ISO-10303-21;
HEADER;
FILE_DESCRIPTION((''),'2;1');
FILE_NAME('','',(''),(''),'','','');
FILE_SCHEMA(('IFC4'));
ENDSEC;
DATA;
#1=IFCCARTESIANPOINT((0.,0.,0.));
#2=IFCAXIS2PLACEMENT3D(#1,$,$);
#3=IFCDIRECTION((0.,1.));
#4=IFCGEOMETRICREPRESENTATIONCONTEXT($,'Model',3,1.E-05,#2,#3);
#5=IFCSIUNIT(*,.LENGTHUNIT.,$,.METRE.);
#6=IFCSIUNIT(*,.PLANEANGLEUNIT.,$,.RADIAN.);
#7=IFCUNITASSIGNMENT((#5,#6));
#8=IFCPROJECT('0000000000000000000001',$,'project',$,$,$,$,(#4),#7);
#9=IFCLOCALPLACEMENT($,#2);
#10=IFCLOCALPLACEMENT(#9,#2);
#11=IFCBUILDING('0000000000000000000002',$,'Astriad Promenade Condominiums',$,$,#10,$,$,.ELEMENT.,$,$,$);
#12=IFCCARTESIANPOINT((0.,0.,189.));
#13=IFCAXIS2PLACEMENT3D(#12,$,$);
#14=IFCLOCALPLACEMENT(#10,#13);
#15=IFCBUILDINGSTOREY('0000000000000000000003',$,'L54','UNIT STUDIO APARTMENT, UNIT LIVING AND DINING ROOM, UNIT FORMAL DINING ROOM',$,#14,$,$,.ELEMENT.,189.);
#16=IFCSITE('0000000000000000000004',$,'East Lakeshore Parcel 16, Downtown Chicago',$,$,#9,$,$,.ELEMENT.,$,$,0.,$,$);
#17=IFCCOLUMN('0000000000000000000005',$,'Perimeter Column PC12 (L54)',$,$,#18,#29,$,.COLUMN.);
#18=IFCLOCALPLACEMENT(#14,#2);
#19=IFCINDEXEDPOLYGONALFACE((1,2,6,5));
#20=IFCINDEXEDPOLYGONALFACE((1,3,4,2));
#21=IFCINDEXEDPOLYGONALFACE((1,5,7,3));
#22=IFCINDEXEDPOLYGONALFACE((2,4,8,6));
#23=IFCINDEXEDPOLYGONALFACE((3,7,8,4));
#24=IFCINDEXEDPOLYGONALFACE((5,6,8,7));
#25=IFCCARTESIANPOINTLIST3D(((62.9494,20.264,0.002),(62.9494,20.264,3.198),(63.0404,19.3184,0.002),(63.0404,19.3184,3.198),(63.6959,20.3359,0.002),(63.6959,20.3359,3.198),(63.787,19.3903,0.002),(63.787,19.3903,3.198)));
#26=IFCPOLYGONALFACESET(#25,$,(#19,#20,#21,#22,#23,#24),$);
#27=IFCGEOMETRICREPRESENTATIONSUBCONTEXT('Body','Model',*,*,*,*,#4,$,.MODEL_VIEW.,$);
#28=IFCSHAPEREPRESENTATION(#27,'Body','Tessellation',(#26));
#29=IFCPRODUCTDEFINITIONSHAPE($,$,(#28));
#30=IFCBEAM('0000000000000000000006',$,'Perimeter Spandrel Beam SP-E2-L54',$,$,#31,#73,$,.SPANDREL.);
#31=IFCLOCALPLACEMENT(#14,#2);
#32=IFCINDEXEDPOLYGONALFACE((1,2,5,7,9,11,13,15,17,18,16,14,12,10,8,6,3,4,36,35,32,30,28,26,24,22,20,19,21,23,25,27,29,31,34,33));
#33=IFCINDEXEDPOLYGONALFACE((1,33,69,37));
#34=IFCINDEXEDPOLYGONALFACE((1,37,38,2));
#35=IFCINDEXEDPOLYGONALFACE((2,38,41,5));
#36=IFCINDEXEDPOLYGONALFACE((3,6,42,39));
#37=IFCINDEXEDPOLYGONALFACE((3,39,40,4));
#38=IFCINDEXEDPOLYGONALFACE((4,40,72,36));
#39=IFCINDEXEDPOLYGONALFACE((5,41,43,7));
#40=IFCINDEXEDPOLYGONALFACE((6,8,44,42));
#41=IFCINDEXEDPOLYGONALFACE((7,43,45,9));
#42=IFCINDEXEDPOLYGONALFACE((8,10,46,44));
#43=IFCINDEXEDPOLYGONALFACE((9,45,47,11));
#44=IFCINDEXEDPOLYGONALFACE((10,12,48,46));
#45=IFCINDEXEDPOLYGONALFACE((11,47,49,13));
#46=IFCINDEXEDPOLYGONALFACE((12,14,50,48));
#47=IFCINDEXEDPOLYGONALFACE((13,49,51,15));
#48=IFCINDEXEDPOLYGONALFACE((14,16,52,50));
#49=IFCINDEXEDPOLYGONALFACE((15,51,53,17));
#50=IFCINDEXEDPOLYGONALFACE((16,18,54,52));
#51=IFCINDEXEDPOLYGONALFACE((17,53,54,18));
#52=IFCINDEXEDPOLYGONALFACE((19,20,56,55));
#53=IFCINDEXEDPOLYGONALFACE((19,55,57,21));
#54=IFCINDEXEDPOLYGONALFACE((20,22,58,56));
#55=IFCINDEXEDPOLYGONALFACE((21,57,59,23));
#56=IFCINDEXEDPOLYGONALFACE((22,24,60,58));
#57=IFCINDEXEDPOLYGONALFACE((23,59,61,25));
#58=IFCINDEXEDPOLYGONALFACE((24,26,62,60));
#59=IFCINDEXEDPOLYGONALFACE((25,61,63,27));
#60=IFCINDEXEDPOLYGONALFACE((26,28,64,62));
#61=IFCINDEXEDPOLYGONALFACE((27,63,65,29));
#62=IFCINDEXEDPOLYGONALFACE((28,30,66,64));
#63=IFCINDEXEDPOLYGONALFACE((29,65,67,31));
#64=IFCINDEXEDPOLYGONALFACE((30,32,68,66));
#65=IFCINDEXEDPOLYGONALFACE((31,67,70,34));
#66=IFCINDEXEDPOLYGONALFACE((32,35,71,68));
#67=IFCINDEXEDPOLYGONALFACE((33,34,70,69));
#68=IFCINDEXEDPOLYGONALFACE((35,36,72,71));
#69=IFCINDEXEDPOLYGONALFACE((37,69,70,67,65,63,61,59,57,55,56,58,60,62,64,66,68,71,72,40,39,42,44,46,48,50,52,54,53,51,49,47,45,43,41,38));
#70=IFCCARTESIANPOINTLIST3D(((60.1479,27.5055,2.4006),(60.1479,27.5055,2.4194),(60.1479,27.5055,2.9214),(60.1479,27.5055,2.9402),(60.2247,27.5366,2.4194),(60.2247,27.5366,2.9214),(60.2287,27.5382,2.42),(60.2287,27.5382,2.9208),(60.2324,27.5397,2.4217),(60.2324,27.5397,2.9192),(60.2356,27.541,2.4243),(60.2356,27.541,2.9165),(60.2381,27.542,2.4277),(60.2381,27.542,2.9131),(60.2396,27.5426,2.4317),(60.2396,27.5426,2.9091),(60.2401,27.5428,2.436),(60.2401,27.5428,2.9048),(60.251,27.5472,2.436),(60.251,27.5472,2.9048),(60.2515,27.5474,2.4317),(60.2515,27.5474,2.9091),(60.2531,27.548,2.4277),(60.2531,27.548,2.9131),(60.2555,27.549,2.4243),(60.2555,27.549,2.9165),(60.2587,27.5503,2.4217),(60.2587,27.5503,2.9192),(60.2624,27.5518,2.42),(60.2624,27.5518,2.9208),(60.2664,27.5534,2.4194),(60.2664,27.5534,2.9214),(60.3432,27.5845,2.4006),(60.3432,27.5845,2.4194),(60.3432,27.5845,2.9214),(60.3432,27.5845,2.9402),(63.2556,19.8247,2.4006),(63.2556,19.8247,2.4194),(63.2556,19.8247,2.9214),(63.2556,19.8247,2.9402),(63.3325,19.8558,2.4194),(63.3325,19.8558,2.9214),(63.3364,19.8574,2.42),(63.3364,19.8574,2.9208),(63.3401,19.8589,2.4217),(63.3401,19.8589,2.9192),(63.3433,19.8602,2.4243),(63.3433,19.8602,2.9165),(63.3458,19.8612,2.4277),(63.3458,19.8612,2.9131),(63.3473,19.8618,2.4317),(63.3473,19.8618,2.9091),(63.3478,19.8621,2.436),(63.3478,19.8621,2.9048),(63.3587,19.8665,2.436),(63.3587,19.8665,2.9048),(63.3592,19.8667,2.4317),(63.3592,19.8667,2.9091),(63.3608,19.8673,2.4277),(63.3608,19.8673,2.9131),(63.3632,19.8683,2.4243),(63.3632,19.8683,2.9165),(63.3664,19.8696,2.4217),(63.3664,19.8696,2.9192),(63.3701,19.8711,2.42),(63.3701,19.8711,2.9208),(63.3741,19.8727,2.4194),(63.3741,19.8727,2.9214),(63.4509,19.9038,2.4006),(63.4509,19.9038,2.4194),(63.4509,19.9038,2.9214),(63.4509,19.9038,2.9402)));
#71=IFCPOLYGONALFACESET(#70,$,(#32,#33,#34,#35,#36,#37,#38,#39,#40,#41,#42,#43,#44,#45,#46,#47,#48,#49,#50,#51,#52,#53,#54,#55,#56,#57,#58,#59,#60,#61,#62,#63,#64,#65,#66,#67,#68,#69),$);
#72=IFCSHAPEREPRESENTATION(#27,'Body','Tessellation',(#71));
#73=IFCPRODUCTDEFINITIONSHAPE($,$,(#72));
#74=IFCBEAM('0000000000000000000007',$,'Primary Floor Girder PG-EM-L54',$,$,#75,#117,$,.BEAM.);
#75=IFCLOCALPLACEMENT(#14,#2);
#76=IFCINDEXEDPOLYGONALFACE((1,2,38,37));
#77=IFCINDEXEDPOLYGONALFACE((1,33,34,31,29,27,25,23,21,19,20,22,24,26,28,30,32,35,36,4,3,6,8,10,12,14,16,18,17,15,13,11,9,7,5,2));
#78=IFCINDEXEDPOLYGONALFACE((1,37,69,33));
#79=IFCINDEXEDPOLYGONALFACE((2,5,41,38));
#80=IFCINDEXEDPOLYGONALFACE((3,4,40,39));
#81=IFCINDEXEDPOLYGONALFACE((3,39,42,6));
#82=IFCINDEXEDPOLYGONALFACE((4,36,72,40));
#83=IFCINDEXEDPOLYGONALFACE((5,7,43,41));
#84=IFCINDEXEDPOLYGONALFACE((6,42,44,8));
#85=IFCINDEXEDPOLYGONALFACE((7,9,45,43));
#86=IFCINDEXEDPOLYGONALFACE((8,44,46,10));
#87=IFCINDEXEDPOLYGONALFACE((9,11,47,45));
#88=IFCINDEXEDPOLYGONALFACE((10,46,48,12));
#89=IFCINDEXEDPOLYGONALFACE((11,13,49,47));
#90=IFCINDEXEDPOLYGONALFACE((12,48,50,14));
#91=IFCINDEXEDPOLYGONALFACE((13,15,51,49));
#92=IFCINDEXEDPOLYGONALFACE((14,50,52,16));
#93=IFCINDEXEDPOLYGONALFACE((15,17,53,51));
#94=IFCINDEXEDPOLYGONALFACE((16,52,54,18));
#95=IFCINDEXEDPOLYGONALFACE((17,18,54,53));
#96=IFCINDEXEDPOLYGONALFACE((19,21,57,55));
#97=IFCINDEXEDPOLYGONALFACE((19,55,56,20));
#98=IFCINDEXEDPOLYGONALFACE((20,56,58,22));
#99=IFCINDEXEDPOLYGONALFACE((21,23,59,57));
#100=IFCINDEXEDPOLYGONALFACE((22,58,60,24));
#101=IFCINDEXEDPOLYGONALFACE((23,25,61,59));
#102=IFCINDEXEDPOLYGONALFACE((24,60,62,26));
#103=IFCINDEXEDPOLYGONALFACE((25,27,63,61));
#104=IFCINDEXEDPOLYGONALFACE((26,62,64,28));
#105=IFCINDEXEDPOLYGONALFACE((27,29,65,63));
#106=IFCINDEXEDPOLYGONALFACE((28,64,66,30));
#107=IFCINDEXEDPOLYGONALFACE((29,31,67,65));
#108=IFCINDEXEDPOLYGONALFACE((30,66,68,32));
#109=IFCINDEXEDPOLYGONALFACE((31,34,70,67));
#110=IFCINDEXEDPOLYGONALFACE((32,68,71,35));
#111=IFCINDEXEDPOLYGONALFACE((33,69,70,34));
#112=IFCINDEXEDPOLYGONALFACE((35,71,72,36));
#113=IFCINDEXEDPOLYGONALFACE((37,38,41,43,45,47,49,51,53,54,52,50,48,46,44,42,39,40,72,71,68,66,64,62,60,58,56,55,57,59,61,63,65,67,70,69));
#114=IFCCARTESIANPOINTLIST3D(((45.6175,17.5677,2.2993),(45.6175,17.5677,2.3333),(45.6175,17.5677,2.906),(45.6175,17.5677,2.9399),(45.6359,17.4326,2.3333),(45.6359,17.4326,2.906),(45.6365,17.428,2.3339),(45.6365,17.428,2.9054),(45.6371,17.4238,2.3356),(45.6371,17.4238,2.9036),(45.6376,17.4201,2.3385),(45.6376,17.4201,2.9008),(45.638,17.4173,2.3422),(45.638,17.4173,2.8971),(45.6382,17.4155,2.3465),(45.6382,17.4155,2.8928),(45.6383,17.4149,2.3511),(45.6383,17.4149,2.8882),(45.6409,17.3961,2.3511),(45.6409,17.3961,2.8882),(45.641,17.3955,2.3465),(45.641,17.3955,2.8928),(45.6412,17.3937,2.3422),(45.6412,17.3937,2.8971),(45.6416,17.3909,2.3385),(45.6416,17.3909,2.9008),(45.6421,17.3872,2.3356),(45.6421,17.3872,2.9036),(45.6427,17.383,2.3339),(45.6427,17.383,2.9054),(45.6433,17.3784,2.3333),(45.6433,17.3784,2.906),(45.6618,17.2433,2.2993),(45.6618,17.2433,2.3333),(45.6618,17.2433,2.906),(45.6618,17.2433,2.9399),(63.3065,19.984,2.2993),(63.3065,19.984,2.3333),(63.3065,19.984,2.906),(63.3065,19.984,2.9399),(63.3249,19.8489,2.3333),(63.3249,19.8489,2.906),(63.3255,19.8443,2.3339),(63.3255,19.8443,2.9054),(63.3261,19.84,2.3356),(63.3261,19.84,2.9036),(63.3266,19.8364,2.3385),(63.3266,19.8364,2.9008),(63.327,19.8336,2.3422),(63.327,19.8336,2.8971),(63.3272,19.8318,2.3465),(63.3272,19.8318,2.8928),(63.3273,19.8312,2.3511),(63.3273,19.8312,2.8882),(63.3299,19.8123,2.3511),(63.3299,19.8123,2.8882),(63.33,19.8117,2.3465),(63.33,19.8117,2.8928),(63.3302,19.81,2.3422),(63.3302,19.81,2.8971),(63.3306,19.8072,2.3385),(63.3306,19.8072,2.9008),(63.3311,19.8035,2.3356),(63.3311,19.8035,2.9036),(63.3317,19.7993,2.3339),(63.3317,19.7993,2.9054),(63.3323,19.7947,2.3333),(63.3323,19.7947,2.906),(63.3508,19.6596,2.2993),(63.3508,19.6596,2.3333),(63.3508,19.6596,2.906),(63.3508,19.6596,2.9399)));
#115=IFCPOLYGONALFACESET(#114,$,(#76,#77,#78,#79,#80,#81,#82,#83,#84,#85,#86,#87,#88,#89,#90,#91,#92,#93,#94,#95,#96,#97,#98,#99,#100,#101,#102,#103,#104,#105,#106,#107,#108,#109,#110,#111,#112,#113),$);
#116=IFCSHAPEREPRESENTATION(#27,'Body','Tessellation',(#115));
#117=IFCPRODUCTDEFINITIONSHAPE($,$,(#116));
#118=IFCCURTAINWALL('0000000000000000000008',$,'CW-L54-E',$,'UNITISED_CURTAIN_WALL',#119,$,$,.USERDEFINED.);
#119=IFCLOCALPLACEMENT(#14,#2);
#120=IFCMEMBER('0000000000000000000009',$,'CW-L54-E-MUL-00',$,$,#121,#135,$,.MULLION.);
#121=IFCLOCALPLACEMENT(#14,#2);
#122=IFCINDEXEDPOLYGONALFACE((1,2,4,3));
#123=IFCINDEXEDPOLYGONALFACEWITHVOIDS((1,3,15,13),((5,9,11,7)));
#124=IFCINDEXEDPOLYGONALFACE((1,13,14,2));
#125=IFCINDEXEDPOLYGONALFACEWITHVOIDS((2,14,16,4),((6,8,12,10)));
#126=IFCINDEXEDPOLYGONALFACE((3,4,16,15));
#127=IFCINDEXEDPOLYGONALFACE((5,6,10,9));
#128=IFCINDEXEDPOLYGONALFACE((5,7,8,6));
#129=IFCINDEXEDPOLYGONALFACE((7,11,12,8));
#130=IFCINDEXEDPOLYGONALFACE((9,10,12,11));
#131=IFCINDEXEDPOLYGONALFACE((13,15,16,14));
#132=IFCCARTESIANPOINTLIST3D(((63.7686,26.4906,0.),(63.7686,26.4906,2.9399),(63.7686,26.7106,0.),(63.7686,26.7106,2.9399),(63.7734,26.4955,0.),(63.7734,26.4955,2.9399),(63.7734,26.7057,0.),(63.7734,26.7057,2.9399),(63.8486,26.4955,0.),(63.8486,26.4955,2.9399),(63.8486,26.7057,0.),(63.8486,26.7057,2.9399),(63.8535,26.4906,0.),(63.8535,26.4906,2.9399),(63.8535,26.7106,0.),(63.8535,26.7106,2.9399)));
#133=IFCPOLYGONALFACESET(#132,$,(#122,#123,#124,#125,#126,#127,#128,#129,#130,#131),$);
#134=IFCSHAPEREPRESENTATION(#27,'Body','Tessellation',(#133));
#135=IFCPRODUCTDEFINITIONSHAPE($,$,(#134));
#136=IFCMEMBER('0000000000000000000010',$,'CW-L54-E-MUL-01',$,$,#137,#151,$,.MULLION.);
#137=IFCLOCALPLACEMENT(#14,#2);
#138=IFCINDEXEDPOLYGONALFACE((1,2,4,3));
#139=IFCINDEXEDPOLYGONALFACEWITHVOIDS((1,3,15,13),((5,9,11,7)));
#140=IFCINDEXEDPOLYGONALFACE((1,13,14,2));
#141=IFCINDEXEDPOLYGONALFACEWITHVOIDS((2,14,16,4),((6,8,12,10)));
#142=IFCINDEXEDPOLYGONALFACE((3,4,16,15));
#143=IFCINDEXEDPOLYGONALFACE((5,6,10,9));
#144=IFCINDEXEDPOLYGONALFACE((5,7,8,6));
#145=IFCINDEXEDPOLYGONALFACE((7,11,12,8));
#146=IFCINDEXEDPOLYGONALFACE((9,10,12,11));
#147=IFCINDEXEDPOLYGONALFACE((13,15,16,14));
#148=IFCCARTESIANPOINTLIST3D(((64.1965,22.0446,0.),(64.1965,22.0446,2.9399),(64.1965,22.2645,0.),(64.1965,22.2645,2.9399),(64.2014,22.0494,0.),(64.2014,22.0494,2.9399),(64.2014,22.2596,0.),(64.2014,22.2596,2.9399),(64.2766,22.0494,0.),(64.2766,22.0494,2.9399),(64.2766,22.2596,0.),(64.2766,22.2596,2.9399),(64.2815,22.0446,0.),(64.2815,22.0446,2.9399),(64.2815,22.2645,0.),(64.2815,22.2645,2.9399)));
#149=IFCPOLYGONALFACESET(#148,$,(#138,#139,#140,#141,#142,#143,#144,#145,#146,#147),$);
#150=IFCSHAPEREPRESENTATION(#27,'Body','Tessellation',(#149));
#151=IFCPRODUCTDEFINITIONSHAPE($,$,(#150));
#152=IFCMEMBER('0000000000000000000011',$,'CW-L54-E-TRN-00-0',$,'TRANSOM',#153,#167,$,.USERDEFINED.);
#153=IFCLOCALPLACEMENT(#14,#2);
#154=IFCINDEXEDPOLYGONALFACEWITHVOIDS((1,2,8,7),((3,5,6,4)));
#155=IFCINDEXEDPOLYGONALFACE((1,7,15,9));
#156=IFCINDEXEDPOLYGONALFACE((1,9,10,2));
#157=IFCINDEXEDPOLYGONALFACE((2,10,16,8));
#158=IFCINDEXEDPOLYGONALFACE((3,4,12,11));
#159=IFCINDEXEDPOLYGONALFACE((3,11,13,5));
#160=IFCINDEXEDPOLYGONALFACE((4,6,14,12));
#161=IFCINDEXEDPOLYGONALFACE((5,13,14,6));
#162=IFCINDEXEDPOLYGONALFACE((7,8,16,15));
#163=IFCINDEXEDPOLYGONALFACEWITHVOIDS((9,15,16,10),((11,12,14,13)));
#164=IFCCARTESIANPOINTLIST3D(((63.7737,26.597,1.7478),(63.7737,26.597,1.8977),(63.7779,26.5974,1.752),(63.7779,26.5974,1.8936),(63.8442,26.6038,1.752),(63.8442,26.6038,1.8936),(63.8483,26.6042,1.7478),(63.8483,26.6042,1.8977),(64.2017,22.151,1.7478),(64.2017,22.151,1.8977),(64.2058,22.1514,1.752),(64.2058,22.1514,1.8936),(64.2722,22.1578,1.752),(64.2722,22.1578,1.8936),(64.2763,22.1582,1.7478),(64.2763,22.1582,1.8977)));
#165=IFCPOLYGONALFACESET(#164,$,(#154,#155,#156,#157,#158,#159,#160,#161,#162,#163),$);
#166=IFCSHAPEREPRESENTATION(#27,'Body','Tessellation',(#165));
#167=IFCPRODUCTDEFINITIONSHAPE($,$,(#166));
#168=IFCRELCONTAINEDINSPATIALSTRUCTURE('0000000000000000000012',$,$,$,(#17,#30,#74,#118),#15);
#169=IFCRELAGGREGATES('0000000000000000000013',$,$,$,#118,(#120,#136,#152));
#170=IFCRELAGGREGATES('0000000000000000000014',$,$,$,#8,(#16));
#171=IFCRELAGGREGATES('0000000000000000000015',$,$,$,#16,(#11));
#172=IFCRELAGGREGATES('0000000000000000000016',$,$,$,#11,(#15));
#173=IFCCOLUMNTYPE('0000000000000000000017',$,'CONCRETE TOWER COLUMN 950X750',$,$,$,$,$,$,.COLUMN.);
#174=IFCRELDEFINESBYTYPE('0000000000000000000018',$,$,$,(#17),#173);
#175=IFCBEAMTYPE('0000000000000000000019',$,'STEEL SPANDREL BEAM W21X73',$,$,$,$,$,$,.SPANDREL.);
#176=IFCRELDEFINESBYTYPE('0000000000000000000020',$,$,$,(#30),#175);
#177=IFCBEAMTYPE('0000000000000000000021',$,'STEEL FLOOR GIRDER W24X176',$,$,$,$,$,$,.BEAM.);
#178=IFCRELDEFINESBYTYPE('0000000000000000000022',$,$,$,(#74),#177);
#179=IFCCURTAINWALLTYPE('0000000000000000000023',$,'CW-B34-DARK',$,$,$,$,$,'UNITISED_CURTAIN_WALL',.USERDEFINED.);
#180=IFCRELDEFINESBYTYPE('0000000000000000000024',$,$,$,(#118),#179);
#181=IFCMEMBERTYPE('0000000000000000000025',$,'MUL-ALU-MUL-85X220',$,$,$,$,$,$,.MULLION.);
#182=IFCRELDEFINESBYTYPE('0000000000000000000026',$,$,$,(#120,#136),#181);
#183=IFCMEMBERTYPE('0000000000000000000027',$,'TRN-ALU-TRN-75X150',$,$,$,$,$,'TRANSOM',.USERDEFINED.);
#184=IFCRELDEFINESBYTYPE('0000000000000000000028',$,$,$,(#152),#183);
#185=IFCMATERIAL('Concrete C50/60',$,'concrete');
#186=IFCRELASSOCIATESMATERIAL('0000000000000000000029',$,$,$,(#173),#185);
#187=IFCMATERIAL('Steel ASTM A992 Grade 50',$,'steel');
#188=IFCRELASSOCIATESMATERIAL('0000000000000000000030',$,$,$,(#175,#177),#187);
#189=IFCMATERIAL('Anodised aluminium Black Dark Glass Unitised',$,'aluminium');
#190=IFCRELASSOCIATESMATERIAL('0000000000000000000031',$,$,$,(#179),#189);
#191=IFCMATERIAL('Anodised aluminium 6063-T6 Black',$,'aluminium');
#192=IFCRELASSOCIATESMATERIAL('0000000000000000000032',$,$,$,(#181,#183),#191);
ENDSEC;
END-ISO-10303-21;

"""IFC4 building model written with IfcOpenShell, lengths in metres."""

from ifc_helpers import new_model, si_unit, direction, frame, origin, origin_2d, place, context, subcontext, project, spatial, rectangle, hollow_rectangle, i_section, extrude, source, transform, mapped, material, material_profile, profile_set, type_object, type_shapes, element, aggregate, save


model = new_model("IFC4")

# Units and contexts
model_context = context("Model", 3, precision=1e-05, world=origin(), true_north=direction((0.0, 1.0)))
body_context = subcontext(model_context, "Body", "Model", "MODEL_VIEW")
ifc_project = project(units=[si_unit("LENGTHUNIT", "METRE"), si_unit("PLANEANGLEUNIT", "RADIAN")], contexts=[model_context])

# Site, building, storey
site_placement = place(None, origin())
site = spatial("IfcSite", under=ifc_project, at=site_placement, Name="East Lakeshore Parcel 16, Downtown Chicago", CompositionType="ELEMENT", RefElevation=0.0)
building_placement = place(site_placement, origin())
building = spatial("IfcBuilding", under=site, at=building_placement, Name="Astriad Promenade Condominiums", CompositionType="ELEMENT")
storey_placement = place(building_placement, frame((0.0, 0.0, 189.0)))
storey = spatial("IfcBuildingStorey", under=building, at=storey_placement, Name="L54", Description="UNIT STUDIO APARTMENT, UNIT LIVING AND DINING ROOM, UNIT FORMAL DINING ROOM", CompositionType="ELEMENT", Elevation=189.0)

# Column
ifc_material_1 = material(Name="Concrete C50/60", Category="concrete")
ifc_material_profile_1 = material_profile(ifc_material_1, rectangle(XDim=0.75, YDim=0.95, at=origin_2d()), Name="RC-COL-950X750")
ifc_profile_set_1 = profile_set([ifc_material_profile_1], Name="Concrete C50/60")
column_type = type_object("IfcColumnType", Name="CONCRETE TOWER COLUMN 950X750", PredefinedType="COLUMN", material=ifc_profile_set_1)
shared_shape_1 = source(origin(), body_context, "Body", "SweptSolid", [
    extrude(rectangle(XDim=0.75, YDim=0.95, at=origin_2d()), origin(), (0.0, 0.0, 1.0), 3.196),
])
type_shapes(column_type, [shared_shape_1])
column_placement = place(storey_placement, frame((63.3682, 19.8271, 0.002), z_axis=(0.0, 0.0, 1.0), x_axis=(0.995396, 0.095846, 0.0)))
element("IfcColumn", 1, at=column_placement, inside=storey, type_object=column_type, Name="Perimeter Column PC12 (L54)", PredefinedType="COLUMN", context=body_context, shape_type="MappedRepresentation", body=[
    mapped(shared_shape_1, transform((0.0, 0.0, 0.0), scale=1.0)),
])

# Beams
ifc_material_2 = material(Name="Steel ASTM A992 Grade 50", Category="steel")
ifc_material_profile_2 = material_profile(ifc_material_2, i_section(OverallWidth=0.2107, OverallDepth=0.5396, WebThickness=0.0117, FlangeThickness=0.0188, FilletRadius=0.0166, at=origin_2d()), Name="W21X73")
ifc_profile_set_2 = profile_set([ifc_material_profile_2], Name="Steel ASTM A992 Grade 50")
beam_type_1 = type_object("IfcBeamType", Name="STEEL SPANDREL BEAM W21X73", PredefinedType="SPANDREL", material=ifc_profile_set_2)
shared_shape_2 = source(origin(), body_context, "Body", "SweptSolid", [
    extrude(i_section(OverallWidth=0.2107, OverallDepth=0.5396, WebThickness=0.0117, FlangeThickness=0.0188, FilletRadius=0.0166, at=origin_2d()), origin(), (0.0, 0.0, 1.0), 8.2856),
])
type_shapes(beam_type_1, [shared_shape_2])
beam_1_placement = place(storey_placement, frame((63.3533, 19.8643, 2.6704), z_axis=(-0.375071, 0.926996, 0.0), x_axis=(-0.926996, -0.375071, 0.0)))
element("IfcBeam", 2, at=beam_1_placement, inside=storey, type_object=beam_type_1, Name="Perimeter Spandrel Beam SP-E2-L54", PredefinedType="SPANDREL", context=body_context, shape_type="MappedRepresentation", body=[
    mapped(shared_shape_2, transform((0.0, 0.0, 0.0), scale=1.0)),
])
ifc_material_profile_3 = material_profile(ifc_material_2, i_section(OverallWidth=0.3274, OverallDepth=0.6406, WebThickness=0.019, FlangeThickness=0.0339, FilletRadius=0.0178, at=origin_2d()), Name="W24X176")
ifc_profile_set_3 = profile_set([ifc_material_profile_3], Name="Steel ASTM A992 Grade 50")
beam_type_2 = type_object("IfcBeamType", Name="STEEL FLOOR GIRDER W24X176", PredefinedType="BEAM", material=ifc_profile_set_3)
shared_shape_3 = source(origin(), body_context, "Body", "SweptSolid", [
    extrude(i_section(OverallWidth=0.3274, OverallDepth=0.6406, WebThickness=0.019, FlangeThickness=0.0339, FilletRadius=0.0178, at=origin_2d()), origin(), (0.0, 0.0, 1.0), 17.8533),
])
type_shapes(beam_type_2, [shared_shape_3])
beam_2_placement = place(storey_placement, frame((63.3286, 19.8218, 2.6196), z_axis=(-0.990799, -0.13534, 0.0), x_axis=(0.13534, -0.990799, 0.0)))
element("IfcBeam", 3, at=beam_2_placement, inside=storey, type_object=beam_type_2, Name="Primary Floor Girder PG-EM-L54", PredefinedType="BEAM", context=body_context, shape_type="MappedRepresentation", body=[
    mapped(shared_shape_3, transform((0.0, 0.0, 0.0), scale=1.0)),
])

# Curtain wall, members
ifc_material_3 = material(Name="Anodised aluminium Black Dark Glass Unitised", Category="aluminium")
curtain_wall_type = type_object("IfcCurtainWallType", Name="CW-B34-DARK", ElementType="UNITISED_CURTAIN_WALL", PredefinedType="USERDEFINED", material=ifc_material_3)
curtain_wall_placement = place(storey_placement, origin())
curtain_wall = element("IfcCurtainWall", 4, at=curtain_wall_placement, inside=storey, type_object=curtain_wall_type, Name="CW-L54-E", ObjectType="UNITISED_CURTAIN_WALL", PredefinedType="USERDEFINED")
ifc_material_4 = material(Name="Anodised aluminium 6063-T6 Black", Category="aluminium")
ifc_material_profile_4 = material_profile(ifc_material_4, hollow_rectangle(XDim=0.085, YDim=0.22, WallThickness=0.0049, at=origin_2d()), Name="ALU-MUL-85X220")
ifc_profile_set_4 = profile_set([ifc_material_profile_4], Name="Anodised aluminium 6063-T6 Black")
member_type_1 = type_object("IfcMemberType", Name="MUL-ALU-MUL-85X220", PredefinedType="MULLION", material=ifc_profile_set_4)
shared_shape_4 = source(origin(), body_context, "Body", "SweptSolid", [
    extrude(hollow_rectangle(XDim=0.085, YDim=0.22, WallThickness=0.0049, at=origin_2d()), origin(), (0.0, 0.0, 1.0), 2.9399),
])
type_shapes(member_type_1, [shared_shape_4])
member_1_placement = place(storey_placement, frame((63.811, 26.6006, 0.0), z_axis=(0.0, 0.0, 1.0), x_axis=(1.0, 0.0, 0.0)))
member_1 = element("IfcMember", 5, at=member_1_placement, type_object=member_type_1, Name="CW-L54-E-MUL-00", PredefinedType="MULLION", context=body_context, shape_type="MappedRepresentation", body=[
    mapped(shared_shape_4, transform((0.0, 0.0, 0.0), scale=1.0)),
])
member_2_placement = place(storey_placement, frame((64.239, 22.1545, 0.0), z_axis=(0.0, 0.0, 1.0), x_axis=(1.0, 0.0, 0.0)))
member_2 = element("IfcMember", 6, at=member_2_placement, type_object=member_type_1, Name="CW-L54-E-MUL-01", PredefinedType="MULLION", context=body_context, shape_type="MappedRepresentation", body=[
    mapped(shared_shape_4, transform((0.0, 0.0, 0.0), scale=1.0)),
])
ifc_material_profile_5 = material_profile(ifc_material_4, hollow_rectangle(XDim=0.075, YDim=0.1499, WallThickness=0.0042, at=origin_2d()), Name="ALU-TRN-75X150")
ifc_profile_set_5 = profile_set([ifc_material_profile_5], Name="Anodised aluminium 6063-T6 Black")
member_type_2 = type_object("IfcMemberType", Name="TRN-ALU-TRN-75X150", ElementType="TRANSOM", PredefinedType="USERDEFINED", material=ifc_profile_set_5)
shared_shape_5 = source(origin(), body_context, "Body", "SweptSolid", [
    extrude(hollow_rectangle(XDim=0.075, YDim=0.1499, WallThickness=0.0042, at=origin_2d()), origin(), (0.0, 0.0, 1.0), 4.4666),
])
type_shapes(member_type_2, [shared_shape_5])
member_3_placement = place(storey_placement, frame((63.811, 26.6006, 1.8228), z_axis=(0.095818, -0.995399, 0.0), x_axis=(0.995399, 0.095818, 0.0)))
member_3 = element("IfcMember", 7, at=member_3_placement, type_object=member_type_2, Name="CW-L54-E-TRN-00-0", ObjectType="TRANSOM", PredefinedType="USERDEFINED", context=body_context, shape_type="MappedRepresentation", body=[
    mapped(shared_shape_5, transform((0.0, 0.0, 0.0), scale=1.0)),
])
aggregate(curtain_wall, [member_1, member_2, member_3])

save(model, "model.ifc")
